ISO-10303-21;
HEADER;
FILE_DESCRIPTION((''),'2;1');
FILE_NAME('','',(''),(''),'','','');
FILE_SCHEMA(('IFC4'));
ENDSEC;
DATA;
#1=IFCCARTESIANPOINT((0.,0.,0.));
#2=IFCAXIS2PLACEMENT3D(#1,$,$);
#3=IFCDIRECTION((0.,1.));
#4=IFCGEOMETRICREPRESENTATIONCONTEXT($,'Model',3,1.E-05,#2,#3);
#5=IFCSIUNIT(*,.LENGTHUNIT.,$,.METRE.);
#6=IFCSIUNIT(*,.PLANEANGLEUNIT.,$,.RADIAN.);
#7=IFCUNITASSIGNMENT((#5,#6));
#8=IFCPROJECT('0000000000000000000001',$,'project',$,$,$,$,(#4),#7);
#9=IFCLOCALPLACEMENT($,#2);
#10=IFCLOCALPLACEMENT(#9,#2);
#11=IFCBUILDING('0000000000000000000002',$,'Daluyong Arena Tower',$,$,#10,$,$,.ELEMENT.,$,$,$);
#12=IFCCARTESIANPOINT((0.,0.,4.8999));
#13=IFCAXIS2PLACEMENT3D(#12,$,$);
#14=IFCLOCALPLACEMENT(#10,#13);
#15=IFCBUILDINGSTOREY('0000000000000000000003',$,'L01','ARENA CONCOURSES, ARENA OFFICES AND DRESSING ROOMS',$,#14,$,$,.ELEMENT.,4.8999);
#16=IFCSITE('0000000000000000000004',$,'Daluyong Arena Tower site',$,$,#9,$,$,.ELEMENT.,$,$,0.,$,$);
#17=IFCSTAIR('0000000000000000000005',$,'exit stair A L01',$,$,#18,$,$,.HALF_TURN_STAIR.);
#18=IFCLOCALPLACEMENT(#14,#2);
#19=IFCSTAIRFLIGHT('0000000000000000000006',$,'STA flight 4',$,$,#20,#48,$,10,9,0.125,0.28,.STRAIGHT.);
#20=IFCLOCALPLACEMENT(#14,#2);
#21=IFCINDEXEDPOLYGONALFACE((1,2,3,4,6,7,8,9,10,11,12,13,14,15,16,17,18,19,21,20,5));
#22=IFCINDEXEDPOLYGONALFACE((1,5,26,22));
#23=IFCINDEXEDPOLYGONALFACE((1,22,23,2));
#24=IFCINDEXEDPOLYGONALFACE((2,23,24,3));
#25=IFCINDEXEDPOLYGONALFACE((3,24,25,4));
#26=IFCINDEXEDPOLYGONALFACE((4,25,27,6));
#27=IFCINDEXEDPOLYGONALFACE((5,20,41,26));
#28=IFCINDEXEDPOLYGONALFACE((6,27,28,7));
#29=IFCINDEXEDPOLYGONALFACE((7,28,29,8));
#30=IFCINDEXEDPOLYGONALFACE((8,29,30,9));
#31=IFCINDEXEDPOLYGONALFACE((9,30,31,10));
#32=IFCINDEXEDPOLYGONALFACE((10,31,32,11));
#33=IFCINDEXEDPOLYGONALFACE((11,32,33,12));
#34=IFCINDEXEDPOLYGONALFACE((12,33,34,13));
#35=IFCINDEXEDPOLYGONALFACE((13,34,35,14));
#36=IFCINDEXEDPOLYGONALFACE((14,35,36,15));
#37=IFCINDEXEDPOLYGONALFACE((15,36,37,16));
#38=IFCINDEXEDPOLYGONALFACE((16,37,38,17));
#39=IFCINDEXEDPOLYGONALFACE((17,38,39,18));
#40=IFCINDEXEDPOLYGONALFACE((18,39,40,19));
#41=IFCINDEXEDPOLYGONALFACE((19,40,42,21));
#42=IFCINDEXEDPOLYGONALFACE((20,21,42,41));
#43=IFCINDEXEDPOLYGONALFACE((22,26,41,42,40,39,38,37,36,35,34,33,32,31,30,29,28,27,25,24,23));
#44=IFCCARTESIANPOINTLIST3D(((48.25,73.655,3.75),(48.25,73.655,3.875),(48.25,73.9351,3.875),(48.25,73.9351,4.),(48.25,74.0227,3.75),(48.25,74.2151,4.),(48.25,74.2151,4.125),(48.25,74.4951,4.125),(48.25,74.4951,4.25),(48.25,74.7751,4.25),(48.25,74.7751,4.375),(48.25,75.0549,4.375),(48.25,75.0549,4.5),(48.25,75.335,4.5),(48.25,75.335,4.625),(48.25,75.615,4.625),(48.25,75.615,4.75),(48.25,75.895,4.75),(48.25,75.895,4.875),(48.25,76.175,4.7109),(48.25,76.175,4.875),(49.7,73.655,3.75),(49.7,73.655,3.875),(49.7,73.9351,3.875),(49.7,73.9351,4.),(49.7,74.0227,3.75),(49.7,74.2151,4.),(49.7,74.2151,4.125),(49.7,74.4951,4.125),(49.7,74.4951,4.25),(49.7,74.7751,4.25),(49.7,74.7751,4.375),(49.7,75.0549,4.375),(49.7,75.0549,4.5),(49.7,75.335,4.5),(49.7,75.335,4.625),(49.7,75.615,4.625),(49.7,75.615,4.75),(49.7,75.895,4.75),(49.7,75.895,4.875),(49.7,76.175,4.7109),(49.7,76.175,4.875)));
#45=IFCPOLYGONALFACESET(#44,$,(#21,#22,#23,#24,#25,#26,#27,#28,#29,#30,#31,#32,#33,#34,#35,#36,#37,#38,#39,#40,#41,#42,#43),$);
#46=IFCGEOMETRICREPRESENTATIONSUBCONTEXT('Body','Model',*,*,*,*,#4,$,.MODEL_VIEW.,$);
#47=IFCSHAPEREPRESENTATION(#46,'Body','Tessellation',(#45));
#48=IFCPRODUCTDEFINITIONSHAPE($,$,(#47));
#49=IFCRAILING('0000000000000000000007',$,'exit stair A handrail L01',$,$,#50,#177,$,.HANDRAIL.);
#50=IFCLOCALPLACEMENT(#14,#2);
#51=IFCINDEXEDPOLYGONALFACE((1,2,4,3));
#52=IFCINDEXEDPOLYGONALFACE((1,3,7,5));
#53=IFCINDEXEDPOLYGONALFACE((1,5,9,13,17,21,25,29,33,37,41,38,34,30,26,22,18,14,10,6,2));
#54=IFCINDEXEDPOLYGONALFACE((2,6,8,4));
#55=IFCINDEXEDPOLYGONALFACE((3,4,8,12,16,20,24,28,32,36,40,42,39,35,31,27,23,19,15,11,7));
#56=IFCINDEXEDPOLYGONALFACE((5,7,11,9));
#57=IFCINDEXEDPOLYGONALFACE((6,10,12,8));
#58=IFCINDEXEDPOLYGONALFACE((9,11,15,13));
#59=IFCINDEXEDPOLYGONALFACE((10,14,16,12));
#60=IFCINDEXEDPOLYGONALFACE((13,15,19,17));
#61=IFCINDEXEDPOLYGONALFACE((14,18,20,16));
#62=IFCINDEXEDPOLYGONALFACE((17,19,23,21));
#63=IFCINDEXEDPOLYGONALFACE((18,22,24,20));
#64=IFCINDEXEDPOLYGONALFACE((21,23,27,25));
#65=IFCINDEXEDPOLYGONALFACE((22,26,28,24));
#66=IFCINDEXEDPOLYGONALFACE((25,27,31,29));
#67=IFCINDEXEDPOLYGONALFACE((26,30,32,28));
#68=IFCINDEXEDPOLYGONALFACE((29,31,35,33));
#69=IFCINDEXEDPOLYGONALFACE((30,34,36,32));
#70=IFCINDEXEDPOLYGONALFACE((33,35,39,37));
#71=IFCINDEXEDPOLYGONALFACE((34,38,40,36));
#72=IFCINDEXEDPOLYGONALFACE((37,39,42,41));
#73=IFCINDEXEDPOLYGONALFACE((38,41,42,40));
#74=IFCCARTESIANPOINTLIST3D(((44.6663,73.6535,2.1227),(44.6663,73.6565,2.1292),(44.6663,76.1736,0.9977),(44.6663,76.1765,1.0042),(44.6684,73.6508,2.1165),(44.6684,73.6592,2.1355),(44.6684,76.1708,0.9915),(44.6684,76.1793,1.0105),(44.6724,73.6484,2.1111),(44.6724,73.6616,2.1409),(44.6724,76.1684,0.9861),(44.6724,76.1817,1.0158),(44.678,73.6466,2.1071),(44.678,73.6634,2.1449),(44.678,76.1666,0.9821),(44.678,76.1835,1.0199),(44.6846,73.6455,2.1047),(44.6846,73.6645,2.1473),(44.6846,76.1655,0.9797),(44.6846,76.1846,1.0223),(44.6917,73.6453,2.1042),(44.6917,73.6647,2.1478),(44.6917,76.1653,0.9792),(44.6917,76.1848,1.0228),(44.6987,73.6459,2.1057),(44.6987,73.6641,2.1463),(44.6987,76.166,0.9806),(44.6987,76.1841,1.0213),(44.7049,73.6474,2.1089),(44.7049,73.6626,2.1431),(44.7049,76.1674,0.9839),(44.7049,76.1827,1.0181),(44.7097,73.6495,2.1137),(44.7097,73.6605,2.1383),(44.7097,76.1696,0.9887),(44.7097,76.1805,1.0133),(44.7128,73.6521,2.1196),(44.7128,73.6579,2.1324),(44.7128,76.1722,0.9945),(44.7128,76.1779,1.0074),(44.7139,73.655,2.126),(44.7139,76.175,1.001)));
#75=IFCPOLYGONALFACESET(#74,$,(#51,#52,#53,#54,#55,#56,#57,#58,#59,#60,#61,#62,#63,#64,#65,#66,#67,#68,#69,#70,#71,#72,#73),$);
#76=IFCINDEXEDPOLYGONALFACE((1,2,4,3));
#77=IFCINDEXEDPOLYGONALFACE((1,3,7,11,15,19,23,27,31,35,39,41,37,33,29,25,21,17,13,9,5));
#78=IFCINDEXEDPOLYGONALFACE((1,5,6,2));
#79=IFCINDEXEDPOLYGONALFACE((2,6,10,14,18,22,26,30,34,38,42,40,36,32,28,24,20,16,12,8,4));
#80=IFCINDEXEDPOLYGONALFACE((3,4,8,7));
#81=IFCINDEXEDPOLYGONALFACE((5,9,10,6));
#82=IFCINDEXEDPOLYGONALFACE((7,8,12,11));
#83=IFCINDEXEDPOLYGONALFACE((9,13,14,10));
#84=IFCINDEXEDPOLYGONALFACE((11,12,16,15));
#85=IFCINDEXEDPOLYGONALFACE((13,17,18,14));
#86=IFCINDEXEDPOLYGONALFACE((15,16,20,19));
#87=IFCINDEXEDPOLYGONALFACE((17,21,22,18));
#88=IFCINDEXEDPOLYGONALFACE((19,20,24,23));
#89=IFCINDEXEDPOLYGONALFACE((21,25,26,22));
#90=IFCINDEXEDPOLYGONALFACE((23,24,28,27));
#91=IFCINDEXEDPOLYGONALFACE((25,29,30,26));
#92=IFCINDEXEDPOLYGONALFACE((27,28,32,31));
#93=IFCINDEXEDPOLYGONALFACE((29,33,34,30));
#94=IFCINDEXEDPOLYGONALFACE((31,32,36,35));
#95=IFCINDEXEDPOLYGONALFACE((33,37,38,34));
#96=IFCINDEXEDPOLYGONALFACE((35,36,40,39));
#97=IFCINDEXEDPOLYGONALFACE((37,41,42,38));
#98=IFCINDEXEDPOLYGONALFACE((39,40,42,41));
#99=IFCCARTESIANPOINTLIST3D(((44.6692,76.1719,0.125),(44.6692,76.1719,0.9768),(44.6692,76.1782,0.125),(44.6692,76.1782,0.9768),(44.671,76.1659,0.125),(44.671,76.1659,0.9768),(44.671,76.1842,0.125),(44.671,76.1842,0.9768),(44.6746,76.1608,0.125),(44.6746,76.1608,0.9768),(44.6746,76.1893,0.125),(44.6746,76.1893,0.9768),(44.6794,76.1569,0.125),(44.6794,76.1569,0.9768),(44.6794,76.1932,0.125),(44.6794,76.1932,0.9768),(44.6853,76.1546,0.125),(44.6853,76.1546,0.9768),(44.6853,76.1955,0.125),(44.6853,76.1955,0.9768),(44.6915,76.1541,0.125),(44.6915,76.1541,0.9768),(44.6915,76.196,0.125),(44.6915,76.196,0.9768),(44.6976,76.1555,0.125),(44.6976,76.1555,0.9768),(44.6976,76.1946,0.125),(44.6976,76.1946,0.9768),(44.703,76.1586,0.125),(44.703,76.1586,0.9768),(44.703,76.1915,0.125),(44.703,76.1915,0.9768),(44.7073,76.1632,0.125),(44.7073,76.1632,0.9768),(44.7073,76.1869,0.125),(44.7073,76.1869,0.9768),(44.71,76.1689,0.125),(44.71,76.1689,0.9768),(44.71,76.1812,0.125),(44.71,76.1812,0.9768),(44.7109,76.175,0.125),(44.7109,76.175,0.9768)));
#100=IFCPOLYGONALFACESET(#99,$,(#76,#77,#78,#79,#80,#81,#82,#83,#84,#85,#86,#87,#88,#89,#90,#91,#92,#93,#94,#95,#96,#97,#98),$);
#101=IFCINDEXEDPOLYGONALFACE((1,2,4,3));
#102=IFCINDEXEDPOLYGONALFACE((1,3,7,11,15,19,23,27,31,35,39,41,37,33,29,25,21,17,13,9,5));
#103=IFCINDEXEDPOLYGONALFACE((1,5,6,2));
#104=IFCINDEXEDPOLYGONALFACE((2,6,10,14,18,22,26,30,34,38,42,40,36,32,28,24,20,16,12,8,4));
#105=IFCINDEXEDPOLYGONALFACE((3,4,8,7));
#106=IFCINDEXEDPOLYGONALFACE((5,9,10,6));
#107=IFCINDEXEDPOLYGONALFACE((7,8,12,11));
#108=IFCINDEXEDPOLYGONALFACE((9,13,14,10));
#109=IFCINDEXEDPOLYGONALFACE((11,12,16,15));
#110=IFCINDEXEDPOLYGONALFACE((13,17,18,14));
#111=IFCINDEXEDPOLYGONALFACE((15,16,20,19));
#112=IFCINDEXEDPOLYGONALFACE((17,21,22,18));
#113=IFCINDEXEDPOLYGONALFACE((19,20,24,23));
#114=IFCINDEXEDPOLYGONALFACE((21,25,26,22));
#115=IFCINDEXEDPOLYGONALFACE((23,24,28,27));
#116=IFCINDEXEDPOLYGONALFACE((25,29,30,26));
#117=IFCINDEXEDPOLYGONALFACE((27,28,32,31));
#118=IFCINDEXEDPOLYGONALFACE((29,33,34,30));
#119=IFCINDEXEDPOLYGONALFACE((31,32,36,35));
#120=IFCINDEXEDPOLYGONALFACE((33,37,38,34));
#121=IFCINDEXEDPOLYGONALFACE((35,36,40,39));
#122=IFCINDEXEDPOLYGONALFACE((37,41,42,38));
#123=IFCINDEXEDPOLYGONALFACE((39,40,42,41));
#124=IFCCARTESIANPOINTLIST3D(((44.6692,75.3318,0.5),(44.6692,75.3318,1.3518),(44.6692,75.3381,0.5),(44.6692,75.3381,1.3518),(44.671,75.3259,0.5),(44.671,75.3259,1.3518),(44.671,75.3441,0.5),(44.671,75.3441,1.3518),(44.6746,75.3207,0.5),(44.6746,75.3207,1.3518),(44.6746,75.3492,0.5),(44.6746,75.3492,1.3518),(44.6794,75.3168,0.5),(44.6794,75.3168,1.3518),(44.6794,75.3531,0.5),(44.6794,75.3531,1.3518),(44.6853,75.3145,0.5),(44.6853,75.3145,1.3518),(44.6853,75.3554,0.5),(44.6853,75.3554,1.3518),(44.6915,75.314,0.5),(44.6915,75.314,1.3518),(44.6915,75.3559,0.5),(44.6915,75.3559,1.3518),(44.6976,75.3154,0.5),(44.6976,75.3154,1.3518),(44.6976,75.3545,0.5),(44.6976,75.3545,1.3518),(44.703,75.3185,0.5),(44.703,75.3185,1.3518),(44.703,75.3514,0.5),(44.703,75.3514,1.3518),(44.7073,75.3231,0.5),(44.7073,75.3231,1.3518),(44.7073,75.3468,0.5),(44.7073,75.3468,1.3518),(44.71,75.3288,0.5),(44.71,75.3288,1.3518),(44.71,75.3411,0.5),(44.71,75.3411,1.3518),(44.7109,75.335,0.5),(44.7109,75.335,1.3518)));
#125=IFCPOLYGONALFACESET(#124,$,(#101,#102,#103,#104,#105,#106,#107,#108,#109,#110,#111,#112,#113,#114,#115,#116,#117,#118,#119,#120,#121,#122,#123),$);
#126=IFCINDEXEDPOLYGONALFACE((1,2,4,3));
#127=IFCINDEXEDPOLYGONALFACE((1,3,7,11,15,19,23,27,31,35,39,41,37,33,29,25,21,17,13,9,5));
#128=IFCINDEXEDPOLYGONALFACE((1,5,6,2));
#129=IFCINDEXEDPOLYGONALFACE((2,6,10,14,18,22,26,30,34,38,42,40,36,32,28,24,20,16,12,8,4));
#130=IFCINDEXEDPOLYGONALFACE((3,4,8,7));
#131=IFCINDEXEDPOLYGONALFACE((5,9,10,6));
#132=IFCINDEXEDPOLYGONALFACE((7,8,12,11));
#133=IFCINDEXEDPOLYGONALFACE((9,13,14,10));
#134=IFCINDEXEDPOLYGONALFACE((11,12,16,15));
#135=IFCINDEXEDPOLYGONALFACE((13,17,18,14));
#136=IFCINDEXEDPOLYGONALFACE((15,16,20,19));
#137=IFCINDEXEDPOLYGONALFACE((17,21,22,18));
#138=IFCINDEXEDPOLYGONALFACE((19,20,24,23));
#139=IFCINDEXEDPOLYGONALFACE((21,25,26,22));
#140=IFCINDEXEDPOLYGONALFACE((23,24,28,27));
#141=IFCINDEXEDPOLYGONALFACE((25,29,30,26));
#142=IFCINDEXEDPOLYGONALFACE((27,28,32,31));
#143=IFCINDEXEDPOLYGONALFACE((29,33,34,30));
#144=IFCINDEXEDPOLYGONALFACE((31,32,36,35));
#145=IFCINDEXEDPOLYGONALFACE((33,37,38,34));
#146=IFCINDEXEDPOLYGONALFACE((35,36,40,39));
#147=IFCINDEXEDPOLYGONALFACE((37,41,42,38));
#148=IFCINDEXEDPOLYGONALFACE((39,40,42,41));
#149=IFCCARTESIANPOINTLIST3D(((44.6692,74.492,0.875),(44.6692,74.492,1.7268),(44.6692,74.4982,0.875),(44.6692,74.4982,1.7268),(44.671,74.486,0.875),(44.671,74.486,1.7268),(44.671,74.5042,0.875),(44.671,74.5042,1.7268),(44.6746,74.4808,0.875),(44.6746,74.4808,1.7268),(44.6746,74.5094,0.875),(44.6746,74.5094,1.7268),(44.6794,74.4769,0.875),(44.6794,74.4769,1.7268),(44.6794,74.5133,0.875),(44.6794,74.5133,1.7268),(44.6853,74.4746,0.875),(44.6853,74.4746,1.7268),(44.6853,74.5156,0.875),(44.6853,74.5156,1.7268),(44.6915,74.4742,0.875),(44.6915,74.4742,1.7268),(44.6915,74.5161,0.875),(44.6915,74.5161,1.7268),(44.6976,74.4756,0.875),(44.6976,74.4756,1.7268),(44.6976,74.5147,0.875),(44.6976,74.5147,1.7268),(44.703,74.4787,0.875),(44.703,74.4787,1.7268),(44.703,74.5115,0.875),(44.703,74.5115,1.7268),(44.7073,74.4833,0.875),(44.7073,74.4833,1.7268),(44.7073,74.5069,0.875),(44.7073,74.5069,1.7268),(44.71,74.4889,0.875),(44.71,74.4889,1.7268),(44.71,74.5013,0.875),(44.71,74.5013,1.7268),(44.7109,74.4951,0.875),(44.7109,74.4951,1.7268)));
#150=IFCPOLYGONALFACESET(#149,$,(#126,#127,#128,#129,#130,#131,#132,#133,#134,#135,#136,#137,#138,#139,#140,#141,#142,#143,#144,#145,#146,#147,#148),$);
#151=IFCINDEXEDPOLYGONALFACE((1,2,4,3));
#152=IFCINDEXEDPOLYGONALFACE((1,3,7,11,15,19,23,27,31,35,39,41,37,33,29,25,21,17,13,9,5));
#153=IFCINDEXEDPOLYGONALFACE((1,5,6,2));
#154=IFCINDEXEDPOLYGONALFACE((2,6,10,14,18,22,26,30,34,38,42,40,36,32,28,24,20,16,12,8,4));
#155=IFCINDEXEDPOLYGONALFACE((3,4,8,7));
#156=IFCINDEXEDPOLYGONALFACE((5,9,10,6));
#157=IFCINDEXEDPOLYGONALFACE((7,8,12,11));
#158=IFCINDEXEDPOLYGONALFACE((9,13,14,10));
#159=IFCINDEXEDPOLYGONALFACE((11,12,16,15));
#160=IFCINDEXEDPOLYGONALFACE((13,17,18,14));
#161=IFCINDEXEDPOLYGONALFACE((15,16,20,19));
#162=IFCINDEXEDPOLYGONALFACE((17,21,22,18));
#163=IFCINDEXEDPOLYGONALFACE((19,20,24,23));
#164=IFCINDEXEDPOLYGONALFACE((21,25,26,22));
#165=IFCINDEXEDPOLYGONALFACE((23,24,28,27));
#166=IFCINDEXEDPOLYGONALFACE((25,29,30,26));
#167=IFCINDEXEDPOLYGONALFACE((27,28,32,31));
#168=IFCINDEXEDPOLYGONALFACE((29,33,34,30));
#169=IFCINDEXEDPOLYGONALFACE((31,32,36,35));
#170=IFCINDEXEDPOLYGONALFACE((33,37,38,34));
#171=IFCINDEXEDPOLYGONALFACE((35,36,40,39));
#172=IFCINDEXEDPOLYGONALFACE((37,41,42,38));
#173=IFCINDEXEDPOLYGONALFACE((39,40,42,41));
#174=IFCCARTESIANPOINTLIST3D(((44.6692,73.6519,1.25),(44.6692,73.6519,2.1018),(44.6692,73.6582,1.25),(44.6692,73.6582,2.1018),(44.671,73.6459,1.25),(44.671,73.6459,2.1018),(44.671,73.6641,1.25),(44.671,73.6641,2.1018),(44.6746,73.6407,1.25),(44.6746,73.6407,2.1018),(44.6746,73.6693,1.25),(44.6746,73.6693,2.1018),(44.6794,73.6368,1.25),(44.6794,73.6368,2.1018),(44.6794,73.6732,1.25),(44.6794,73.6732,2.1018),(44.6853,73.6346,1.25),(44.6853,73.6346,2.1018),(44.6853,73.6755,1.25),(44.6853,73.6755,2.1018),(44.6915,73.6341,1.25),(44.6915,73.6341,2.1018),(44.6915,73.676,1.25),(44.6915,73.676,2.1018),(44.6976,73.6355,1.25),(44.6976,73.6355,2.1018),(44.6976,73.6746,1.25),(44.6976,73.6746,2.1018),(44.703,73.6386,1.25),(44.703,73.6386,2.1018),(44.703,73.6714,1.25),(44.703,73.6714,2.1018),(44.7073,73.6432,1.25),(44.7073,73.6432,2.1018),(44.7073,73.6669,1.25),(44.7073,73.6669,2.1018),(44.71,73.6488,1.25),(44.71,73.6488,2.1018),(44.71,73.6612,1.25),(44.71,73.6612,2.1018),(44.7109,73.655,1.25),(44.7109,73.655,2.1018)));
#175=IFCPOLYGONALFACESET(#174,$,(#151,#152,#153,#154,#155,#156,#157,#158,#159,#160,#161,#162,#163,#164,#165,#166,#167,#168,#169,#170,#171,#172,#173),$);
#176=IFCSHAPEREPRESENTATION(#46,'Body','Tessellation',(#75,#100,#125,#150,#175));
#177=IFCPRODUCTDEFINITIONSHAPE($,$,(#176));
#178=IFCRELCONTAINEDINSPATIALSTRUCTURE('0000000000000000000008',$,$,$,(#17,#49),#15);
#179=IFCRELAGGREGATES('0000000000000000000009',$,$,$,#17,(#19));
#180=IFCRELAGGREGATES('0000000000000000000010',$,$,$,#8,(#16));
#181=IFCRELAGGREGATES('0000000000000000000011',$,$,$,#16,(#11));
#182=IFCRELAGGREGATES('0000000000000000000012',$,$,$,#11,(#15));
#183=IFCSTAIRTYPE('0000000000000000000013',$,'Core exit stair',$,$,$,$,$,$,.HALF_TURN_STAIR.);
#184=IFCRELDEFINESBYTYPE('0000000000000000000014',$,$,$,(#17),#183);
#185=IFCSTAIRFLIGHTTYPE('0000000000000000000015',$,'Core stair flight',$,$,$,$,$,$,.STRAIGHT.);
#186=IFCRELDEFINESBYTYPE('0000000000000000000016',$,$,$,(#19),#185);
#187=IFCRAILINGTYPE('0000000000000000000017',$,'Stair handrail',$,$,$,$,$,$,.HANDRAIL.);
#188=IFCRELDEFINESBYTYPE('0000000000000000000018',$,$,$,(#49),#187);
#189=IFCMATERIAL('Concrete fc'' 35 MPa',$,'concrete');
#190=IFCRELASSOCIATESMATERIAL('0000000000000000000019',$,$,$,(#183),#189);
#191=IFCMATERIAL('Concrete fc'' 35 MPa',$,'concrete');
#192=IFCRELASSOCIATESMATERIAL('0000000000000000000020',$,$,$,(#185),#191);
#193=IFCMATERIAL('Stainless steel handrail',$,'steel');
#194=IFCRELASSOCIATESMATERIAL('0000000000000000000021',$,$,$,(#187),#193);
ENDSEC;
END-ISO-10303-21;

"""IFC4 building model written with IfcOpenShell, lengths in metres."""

from ifc_helpers import new_model, si_unit, direction, frame, origin, origin_2d, place, context, subcontext, project, spatial, polyline, circle, outline, extrude, material, type_object, element, aggregate, save


model = new_model("IFC4")

# Units and contexts
model_context = context("Model", 3, precision=1e-05, world=origin(), true_north=direction((0.0, 1.0)))
body_context = subcontext(model_context, "Body", "Model", "MODEL_VIEW")
ifc_project = project(units=[si_unit("LENGTHUNIT", "METRE"), si_unit("PLANEANGLEUNIT", "RADIAN")], contexts=[model_context])

# Site, building, storey
site_placement = place(None, origin())
site = spatial("IfcSite", under=ifc_project, at=site_placement, Name="Daluyong Arena Tower site", CompositionType="ELEMENT", RefElevation=0.0)
building_placement = place(site_placement, origin())
building = spatial("IfcBuilding", under=site, at=building_placement, Name="Daluyong Arena Tower", CompositionType="ELEMENT")
storey_placement = place(building_placement, frame((0.0, 0.0, 4.8999)))
storey = spatial("IfcBuildingStorey", under=building, at=storey_placement, Name="L01", Description="ARENA CONCOURSES, ARENA OFFICES AND DRESSING ROOMS", CompositionType="ELEMENT", Elevation=4.8999)

# Stair, stair flight
ifc_material_1 = material(Name="Concrete fc' 35 MPa", Category="concrete")
stair_type = type_object("IfcStairType", Name="Core exit stair", PredefinedType="HALF_TURN_STAIR", material=ifc_material_1)
stair_placement = place(storey_placement, origin())
stair = element("IfcStair", 1, at=stair_placement, inside=storey, type_object=stair_type, Name="exit stair A L01", PredefinedType="HALF_TURN_STAIR")
ifc_material_2 = material(Name="Concrete fc' 35 MPa", Category="concrete")
stair_flight_type = type_object("IfcStairFlightType", Name="Core stair flight", PredefinedType="STRAIGHT", material=ifc_material_2)
stair_flight_1_placement = place(storey_placement, frame((48.9751, 73.655, 3.75), z_axis=(0.0, 0.0, 1.0), x_axis=(0.0, 1.0, 0.0)))
stair_flight_1 = element("IfcStairFlight", 2, at=stair_flight_1_placement, type_object=stair_flight_type, Name="STA flight 4", NumberOfRisers=10, NumberOfTreads=9, PredefinedType="STRAIGHT", RiserHeight=0.125, TreadLength=0.28, context=body_context, shape_type="SweptSolid", body=[
    extrude(outline(polyline([(0.0, 0.0), (0.0, 0.125), (0.28, 0.125), (0.28, 0.25), (0.5601, 0.25), (0.5601, 0.375), (0.8401, 0.375), (0.8401, 0.5), (1.1201, 0.5), (1.1201, 0.625), (1.3999, 0.625), (1.3999, 0.75), (1.6799, 0.75), (1.6799, 0.875), (1.96, 0.875), (1.96, 1.0), (2.24, 1.0), (2.24, 1.125), (2.52, 1.125), (2.52, 1.25), (2.52, 0.9609), (0.3677, 0.0), (0.0, 0.0)])), frame((0.0, 0.7251, 0.0), z_axis=(0.0, -1.0, 0.0), x_axis=(1.0, 0.0, 0.0)), (0.0, 0.0, 1.0), 1.45),
])
aggregate(stair, [stair_flight_1])

# Railing
ifc_material_3 = material(Name="Stainless steel handrail", Category="steel")
railing_type_1 = type_object("IfcRailingType", Name="Stair handrail", PredefinedType="HANDRAIL", material=ifc_material_3)
for number, where, name in (
    (3, (44.6899, 76.175, 0.125), "exit stair A handrail L01"),
):
    element("IfcRailing", number, at=place(storey_placement, frame(where)), inside=storey, type_object=railing_type_1, Name=name, PredefinedType="HANDRAIL", context=body_context, shape_type="SweptSolid", body=[
        extrude(circle(Radius=0.0239, at=origin_2d()), frame((0.0, 0.0, 0.876), z_axis=(0.0, -0.913139, 0.407648), x_axis=(1.0, 0.0, 0.0)), (0.0, 0.0, 1.0), 2.7598),
        extrude(circle(Radius=0.021, at=origin_2d()), origin(), (0.0, 0.0, 1.0), 0.8518),
        extrude(circle(Radius=0.021, at=origin_2d()), frame((0.0, -0.8401, 0.375)), (0.0, 0.0, 1.0), 0.8518),
        extrude(circle(Radius=0.021, at=origin_2d()), frame((0.0, -1.6799, 0.75)), (0.0, 0.0, 1.0), 0.8518),
        extrude(circle(Radius=0.021, at=origin_2d()), frame((0.0, -2.52, 1.125)), (0.0, 0.0, 1.0), 0.8518),
    ])

save(model, "model.ifc")
